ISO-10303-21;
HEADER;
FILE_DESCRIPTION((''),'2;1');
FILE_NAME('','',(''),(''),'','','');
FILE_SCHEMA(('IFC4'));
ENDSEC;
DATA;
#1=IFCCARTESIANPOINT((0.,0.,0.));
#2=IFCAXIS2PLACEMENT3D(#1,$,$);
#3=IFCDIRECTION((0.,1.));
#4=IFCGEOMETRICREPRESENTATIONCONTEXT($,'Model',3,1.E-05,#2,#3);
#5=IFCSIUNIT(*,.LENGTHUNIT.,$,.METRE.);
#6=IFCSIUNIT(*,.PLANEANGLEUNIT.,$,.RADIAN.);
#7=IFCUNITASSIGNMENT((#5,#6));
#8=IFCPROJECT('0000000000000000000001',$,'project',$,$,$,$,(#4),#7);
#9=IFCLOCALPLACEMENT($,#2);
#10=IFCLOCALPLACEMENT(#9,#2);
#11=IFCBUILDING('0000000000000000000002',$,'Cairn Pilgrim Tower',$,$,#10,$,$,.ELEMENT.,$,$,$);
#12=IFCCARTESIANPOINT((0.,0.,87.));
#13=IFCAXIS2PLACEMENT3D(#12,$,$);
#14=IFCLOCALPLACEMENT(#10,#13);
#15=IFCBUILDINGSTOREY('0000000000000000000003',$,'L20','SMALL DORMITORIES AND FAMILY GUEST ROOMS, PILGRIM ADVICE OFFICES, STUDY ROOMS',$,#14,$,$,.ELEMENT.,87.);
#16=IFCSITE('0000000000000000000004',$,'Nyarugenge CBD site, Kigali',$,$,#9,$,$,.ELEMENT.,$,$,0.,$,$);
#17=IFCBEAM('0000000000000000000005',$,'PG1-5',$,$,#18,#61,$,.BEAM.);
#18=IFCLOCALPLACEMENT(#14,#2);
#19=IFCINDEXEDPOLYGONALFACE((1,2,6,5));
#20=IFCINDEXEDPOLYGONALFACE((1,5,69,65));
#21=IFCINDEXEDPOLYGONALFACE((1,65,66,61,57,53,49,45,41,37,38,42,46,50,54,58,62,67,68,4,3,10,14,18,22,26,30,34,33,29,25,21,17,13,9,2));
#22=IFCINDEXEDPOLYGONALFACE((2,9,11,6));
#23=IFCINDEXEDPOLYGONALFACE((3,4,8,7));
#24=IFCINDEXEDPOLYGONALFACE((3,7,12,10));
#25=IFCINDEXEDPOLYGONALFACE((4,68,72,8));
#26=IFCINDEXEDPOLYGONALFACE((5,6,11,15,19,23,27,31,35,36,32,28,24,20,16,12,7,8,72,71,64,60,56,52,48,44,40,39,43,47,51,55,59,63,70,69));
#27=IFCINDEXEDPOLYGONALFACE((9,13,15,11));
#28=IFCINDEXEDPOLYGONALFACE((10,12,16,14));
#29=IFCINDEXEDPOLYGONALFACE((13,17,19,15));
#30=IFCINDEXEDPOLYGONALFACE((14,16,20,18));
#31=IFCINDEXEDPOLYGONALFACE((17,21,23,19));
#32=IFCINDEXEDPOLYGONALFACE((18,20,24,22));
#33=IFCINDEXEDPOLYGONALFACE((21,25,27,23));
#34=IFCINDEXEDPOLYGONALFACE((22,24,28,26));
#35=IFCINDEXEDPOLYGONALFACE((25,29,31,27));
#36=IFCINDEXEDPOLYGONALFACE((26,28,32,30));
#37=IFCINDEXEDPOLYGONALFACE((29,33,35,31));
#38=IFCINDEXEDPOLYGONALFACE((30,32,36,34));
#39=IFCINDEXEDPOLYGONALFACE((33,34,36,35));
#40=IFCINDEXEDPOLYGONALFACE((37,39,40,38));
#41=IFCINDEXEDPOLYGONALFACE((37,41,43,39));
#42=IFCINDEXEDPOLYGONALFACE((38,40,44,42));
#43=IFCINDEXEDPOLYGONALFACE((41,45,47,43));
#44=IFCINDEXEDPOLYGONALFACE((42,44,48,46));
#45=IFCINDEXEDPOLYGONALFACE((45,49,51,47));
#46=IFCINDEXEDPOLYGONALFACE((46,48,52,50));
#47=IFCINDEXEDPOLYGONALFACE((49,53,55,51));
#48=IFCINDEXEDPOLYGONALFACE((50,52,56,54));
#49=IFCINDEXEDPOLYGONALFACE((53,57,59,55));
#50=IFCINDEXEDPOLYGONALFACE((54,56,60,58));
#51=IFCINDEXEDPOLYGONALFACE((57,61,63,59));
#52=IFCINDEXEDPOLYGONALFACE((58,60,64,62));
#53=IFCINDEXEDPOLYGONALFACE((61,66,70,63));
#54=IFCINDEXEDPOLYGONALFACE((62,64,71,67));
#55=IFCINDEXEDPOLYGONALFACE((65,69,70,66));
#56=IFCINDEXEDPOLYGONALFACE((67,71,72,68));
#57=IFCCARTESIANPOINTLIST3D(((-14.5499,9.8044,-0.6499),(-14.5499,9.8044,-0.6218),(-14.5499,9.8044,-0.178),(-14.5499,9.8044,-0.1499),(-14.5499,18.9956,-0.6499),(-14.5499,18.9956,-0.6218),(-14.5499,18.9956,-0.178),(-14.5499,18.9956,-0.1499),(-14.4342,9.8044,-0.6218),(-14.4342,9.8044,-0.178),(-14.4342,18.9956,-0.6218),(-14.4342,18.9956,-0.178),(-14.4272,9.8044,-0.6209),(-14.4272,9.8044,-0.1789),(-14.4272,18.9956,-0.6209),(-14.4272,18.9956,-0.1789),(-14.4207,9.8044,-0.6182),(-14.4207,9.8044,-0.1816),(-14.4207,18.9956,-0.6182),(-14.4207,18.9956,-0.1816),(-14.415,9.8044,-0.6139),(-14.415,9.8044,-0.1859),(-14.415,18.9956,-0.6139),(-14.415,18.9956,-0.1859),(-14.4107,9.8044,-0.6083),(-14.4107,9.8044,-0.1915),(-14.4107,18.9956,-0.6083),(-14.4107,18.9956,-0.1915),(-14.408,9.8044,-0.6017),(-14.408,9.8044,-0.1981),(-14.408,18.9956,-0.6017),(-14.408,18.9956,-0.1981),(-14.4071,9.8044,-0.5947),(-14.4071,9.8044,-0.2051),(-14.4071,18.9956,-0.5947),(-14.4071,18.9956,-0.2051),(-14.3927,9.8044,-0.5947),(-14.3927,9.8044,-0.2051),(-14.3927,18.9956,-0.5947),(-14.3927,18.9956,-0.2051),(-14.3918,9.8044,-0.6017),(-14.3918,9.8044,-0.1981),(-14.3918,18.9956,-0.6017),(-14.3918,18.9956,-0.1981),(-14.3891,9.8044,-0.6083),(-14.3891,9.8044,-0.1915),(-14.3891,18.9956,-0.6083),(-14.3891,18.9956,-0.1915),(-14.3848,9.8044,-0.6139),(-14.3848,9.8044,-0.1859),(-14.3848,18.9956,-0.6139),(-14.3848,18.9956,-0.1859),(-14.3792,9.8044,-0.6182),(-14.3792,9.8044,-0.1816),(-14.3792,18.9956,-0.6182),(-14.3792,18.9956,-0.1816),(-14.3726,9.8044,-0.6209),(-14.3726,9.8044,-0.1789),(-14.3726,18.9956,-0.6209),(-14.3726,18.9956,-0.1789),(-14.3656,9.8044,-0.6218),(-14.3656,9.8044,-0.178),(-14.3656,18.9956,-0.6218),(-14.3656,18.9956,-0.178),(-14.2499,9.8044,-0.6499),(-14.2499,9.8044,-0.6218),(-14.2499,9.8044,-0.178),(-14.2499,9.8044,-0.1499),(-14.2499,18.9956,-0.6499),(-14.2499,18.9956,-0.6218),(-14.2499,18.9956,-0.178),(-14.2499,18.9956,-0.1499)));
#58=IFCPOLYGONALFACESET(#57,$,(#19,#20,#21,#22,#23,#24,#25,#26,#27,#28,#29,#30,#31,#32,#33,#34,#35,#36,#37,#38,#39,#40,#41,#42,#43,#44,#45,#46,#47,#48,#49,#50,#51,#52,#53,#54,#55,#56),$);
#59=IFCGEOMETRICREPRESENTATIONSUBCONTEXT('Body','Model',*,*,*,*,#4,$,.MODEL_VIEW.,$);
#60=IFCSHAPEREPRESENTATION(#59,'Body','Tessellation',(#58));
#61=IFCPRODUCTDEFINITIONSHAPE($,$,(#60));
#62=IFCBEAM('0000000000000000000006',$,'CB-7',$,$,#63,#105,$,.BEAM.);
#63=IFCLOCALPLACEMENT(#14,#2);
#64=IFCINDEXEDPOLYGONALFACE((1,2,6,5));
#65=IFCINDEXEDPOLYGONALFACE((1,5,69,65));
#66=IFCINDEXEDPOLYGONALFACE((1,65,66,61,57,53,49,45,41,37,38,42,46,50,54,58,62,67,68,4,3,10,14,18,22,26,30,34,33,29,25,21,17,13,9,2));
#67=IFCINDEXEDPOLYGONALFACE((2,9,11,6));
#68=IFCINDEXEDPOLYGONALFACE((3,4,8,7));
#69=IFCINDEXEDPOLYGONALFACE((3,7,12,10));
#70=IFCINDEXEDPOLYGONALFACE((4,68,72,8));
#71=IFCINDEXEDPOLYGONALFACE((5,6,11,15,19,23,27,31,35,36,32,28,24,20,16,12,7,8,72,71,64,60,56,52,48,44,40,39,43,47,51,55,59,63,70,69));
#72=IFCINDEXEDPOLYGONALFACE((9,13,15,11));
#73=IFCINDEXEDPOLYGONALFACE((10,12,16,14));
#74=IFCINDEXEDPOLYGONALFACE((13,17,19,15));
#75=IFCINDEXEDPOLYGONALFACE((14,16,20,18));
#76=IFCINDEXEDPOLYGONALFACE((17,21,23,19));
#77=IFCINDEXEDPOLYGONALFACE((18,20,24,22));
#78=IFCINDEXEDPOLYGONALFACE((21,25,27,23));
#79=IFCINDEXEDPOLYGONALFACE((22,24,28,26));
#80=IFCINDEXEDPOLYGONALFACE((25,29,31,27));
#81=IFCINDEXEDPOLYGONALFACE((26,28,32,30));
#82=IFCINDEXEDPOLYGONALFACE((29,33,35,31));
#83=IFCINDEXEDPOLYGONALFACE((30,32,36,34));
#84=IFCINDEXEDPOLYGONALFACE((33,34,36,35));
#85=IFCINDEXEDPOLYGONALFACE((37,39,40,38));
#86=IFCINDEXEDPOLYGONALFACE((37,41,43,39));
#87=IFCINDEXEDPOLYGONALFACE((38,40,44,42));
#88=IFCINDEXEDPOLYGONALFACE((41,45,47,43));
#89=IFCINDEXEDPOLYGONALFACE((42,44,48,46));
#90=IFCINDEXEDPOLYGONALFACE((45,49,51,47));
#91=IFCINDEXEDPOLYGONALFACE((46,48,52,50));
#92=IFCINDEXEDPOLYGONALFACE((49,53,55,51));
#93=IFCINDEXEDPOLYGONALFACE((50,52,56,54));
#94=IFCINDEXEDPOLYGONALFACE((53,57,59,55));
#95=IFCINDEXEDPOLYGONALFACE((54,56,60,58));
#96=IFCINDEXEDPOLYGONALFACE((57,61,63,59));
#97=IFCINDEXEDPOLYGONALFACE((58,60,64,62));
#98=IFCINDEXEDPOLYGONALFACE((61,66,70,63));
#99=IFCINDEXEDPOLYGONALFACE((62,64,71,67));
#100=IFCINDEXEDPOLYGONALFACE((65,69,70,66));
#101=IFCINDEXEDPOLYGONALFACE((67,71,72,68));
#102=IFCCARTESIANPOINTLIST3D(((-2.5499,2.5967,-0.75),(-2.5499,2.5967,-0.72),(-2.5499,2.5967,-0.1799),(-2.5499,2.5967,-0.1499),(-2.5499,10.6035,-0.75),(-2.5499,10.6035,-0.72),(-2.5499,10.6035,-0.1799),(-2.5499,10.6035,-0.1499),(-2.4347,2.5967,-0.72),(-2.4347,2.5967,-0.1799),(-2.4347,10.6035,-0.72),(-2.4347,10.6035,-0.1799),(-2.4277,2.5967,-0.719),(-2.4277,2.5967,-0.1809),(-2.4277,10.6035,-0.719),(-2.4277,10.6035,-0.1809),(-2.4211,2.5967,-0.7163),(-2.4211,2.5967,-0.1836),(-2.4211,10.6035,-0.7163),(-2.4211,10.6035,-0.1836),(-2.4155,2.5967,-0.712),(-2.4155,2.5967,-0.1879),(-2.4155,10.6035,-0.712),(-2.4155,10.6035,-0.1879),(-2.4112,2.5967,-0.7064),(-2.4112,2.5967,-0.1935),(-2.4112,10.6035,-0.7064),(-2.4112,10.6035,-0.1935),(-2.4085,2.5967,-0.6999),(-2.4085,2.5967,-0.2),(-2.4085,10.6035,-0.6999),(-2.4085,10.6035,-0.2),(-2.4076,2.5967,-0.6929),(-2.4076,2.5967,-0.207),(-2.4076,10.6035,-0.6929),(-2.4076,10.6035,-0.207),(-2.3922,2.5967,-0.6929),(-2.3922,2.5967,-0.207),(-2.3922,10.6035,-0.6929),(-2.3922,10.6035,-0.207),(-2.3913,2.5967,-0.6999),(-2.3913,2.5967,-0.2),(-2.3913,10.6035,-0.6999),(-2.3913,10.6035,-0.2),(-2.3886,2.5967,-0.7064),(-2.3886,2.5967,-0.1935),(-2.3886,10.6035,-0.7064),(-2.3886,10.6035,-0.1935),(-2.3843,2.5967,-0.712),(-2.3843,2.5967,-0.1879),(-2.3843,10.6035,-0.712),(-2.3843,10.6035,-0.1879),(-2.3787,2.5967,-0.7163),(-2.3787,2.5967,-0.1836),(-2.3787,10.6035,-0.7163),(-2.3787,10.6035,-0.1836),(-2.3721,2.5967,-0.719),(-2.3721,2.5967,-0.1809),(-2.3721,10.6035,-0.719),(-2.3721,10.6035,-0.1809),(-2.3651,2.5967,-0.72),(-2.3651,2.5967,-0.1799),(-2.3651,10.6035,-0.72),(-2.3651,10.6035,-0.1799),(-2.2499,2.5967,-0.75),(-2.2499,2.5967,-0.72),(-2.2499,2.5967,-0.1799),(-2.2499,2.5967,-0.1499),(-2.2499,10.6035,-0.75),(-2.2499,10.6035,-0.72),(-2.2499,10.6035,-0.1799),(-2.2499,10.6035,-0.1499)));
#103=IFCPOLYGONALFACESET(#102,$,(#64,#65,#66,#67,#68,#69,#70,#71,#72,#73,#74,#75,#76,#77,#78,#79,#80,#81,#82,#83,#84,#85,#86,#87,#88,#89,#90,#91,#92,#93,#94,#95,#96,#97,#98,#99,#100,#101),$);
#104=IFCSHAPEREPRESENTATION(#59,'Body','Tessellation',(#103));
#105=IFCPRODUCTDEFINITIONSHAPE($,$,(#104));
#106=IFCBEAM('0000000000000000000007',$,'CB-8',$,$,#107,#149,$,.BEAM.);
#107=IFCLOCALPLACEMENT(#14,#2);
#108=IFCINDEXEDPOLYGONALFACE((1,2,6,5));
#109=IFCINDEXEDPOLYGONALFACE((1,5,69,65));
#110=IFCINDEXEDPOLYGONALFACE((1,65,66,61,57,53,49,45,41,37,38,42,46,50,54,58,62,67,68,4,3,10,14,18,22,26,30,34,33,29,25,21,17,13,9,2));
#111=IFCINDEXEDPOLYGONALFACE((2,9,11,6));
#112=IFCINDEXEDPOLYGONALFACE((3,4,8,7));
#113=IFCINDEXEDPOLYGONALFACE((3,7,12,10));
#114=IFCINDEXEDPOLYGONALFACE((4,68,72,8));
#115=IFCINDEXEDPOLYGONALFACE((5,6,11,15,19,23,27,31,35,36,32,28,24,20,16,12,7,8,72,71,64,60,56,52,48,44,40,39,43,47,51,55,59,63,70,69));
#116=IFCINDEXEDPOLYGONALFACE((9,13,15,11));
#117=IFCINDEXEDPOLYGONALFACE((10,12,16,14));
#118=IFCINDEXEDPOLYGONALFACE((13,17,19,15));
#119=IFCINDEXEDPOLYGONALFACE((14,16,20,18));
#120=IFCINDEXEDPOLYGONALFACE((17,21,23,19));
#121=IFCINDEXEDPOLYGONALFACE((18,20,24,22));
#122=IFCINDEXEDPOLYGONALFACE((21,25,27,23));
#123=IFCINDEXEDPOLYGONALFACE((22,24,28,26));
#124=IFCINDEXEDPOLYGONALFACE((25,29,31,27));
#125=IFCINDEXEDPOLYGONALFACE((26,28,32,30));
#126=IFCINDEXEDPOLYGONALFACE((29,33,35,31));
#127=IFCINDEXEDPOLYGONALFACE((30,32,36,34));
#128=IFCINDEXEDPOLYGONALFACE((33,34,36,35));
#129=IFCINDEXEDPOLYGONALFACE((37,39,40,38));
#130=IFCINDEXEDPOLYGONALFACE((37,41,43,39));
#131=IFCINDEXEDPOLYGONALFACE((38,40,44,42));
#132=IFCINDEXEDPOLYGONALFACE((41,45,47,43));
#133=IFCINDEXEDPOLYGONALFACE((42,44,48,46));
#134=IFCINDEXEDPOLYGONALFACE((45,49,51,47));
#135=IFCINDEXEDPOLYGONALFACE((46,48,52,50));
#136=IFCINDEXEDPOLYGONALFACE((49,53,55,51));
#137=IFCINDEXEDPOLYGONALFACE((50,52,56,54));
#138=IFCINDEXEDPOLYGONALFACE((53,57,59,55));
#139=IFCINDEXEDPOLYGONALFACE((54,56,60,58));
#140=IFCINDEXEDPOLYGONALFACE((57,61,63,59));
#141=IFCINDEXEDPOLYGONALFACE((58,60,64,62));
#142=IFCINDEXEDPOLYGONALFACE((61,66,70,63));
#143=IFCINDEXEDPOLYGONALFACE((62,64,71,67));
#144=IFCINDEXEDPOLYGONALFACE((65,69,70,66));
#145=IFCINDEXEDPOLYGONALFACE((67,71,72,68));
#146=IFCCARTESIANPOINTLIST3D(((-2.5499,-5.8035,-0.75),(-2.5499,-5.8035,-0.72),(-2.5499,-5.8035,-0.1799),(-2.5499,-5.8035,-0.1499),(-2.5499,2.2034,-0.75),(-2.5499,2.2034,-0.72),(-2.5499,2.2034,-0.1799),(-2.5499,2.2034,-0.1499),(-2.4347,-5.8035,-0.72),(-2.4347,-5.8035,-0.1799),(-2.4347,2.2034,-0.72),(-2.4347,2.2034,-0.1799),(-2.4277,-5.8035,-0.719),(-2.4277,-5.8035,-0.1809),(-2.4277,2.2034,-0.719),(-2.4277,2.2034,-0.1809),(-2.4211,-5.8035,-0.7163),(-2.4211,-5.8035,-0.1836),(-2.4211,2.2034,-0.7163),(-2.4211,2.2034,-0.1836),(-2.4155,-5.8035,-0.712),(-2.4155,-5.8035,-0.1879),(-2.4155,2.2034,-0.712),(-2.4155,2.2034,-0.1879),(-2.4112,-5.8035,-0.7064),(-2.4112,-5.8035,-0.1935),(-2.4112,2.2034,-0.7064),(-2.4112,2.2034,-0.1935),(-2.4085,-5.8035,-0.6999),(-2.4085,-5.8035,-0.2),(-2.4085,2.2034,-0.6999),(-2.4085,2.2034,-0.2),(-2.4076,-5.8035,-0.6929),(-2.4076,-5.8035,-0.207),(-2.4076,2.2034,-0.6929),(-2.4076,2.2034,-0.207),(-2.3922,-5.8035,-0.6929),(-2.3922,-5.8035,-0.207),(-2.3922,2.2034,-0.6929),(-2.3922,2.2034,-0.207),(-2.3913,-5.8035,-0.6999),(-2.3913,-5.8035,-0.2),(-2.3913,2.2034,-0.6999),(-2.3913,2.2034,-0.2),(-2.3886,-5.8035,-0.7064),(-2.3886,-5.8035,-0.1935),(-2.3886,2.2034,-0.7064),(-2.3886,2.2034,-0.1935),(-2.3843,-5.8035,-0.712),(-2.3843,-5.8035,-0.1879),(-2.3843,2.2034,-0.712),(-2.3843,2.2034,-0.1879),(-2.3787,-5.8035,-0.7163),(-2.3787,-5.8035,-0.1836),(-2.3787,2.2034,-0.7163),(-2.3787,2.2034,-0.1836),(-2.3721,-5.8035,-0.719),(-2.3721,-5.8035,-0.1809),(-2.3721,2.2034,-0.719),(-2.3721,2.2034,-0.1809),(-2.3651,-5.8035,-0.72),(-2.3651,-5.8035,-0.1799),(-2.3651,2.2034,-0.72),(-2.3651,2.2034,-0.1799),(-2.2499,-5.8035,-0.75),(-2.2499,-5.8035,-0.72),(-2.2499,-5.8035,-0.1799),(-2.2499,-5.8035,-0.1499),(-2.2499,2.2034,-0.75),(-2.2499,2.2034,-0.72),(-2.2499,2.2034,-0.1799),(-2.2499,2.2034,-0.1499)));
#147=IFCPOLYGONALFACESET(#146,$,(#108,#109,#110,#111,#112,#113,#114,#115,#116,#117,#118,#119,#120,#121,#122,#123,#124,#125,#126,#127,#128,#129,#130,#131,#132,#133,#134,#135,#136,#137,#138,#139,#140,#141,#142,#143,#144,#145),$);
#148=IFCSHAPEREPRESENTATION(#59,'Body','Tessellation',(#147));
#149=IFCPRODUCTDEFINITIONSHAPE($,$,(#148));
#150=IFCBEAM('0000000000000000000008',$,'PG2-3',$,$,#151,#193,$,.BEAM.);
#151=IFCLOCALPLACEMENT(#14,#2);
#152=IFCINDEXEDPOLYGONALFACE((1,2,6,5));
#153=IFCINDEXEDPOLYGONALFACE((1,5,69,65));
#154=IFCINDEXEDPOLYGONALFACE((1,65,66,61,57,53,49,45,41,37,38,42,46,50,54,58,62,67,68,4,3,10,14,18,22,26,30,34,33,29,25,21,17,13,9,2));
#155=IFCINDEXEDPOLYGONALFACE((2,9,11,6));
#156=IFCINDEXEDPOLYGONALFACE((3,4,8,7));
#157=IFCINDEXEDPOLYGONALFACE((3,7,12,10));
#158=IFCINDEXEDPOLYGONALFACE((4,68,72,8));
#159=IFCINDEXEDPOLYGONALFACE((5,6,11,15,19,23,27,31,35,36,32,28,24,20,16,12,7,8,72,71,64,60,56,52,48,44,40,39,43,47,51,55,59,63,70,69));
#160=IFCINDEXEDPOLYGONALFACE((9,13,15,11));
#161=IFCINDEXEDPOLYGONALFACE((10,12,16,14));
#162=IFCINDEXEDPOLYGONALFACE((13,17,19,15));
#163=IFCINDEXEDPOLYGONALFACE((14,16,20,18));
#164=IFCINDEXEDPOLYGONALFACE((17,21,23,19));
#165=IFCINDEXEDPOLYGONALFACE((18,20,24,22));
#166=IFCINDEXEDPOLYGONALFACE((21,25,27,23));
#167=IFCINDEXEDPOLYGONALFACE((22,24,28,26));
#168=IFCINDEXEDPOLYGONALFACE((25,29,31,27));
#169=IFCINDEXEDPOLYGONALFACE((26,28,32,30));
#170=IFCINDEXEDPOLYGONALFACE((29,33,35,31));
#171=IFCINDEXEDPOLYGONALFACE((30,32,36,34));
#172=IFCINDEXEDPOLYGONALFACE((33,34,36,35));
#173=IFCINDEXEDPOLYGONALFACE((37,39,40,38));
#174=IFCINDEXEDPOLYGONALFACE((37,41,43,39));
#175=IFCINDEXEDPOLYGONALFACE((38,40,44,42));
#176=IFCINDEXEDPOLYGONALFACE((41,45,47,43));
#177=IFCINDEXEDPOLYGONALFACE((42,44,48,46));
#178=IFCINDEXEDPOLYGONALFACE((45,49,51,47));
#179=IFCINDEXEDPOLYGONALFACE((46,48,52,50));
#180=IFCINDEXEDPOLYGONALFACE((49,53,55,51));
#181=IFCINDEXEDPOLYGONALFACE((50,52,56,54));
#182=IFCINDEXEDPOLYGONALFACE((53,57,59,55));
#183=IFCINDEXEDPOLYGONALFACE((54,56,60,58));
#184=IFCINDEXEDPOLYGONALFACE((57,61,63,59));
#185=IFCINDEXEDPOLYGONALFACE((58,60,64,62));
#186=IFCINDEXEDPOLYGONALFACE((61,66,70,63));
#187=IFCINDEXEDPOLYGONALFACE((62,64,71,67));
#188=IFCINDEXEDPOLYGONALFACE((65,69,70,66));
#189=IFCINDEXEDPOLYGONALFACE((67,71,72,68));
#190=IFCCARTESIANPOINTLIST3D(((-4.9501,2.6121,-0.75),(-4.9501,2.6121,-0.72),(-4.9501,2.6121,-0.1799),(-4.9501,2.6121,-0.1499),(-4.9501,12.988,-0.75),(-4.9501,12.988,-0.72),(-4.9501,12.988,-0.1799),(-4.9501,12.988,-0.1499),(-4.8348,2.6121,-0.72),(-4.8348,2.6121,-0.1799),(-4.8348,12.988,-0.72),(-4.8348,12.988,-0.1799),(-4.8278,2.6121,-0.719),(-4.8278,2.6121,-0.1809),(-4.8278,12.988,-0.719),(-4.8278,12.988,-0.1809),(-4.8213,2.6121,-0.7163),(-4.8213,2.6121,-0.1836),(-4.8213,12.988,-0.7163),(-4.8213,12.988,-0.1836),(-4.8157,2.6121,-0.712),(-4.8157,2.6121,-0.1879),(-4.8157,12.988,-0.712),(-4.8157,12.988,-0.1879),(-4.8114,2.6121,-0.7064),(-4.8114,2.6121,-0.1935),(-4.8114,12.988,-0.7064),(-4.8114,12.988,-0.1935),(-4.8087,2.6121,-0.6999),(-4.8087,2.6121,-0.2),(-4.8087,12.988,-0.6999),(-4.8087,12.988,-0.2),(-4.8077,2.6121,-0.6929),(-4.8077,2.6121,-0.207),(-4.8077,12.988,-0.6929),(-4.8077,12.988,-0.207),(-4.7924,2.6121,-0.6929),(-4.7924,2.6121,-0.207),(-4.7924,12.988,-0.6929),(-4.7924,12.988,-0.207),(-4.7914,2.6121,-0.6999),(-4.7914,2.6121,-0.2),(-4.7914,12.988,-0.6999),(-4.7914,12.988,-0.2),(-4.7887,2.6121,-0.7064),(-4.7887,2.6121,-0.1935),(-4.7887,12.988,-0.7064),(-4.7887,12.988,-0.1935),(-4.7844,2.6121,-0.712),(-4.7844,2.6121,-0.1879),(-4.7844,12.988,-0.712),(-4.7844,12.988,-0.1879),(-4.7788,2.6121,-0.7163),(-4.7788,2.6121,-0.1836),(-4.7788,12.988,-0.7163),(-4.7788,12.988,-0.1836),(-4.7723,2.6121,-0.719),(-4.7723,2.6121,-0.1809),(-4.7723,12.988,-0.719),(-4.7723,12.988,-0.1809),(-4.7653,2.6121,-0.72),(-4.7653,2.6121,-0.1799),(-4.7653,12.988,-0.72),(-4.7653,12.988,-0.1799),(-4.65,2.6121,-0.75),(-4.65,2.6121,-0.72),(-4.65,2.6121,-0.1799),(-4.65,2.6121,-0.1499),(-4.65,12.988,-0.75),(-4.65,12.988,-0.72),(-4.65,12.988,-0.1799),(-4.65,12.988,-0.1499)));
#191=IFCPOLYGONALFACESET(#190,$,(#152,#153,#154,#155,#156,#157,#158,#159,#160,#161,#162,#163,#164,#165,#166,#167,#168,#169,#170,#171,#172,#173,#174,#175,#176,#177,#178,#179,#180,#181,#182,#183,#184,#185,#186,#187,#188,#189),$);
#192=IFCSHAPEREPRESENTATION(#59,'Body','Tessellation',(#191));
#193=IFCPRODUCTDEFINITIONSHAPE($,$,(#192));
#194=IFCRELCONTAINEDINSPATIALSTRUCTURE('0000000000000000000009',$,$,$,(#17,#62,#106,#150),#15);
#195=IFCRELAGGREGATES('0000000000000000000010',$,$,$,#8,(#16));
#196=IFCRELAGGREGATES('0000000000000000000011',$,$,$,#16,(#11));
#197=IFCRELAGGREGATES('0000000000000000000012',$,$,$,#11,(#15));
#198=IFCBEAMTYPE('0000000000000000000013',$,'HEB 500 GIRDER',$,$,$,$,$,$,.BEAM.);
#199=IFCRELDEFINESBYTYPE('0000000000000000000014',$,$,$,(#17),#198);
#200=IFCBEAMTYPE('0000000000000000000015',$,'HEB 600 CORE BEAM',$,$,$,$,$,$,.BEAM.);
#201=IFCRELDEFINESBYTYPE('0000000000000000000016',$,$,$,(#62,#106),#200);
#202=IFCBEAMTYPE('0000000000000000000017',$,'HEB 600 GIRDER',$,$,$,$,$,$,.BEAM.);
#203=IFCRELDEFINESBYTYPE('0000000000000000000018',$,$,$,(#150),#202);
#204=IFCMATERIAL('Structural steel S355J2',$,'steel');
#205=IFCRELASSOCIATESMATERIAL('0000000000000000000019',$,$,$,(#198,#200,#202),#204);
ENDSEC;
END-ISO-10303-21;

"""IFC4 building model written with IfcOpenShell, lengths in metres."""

from ifc_helpers import new_model, si_unit, direction, frame, origin, origin_2d, place, context, subcontext, project, spatial, i_section, extrude, material, material_profile, profile_set, type_object, element, save


model = new_model("IFC4")

# Units and contexts
model_context = context("Model", 3, precision=1e-05, world=origin(), true_north=direction((0.0, 1.0)))
body_context = subcontext(model_context, "Body", "Model", "MODEL_VIEW")
ifc_project = project(units=[si_unit("LENGTHUNIT", "METRE"), si_unit("PLANEANGLEUNIT", "RADIAN")], contexts=[model_context])

# Site, building, storey
site_placement = place(None, origin())
site = spatial("IfcSite", under=ifc_project, at=site_placement, Name="Nyarugenge CBD site, Kigali", CompositionType="ELEMENT", RefElevation=0.0)
building_placement = place(site_placement, origin())
building = spatial("IfcBuilding", under=site, at=building_placement, Name="Cairn Pilgrim Tower", CompositionType="ELEMENT")
storey_placement = place(building_placement, frame((0.0, 0.0, 87.0)))
storey = spatial("IfcBuildingStorey", under=building, at=storey_placement, Name="L20", Description="SMALL DORMITORIES AND FAMILY GUEST ROOMS, PILGRIM ADVICE OFFICES, STUDY ROOMS", CompositionType="ELEMENT", Elevation=87.0)

# Beams
ifc_material_1 = material(Name="Structural steel S355J2", Category="steel")
ifc_material_profile_1 = material_profile(ifc_material_1, i_section(OverallWidth=0.3, OverallDepth=0.5, WebThickness=0.0144, FlangeThickness=0.0281, FilletRadius=0.0271, at=origin_2d()), Name="HEB 500")
ifc_profile_set_1 = profile_set([ifc_material_profile_1], Name="Structural steel S355J2")
beam_type_1 = type_object("IfcBeamType", Name="HEB 500 GIRDER", PredefinedType="BEAM", material=ifc_profile_set_1)
beam_1_placement = place(storey_placement, frame((-14.3999, 9.8044, -0.3999), z_axis=(0.0, 1.0, 0.0), x_axis=(-1.0, 0.0, 0.0)))
element("IfcBeam", 1, at=beam_1_placement, inside=storey, type_object=beam_type_1, Name="PG1-5", PredefinedType="BEAM", context=body_context, shape_type="SweptSolid", body=[
    extrude(i_section(OverallWidth=0.3, OverallDepth=0.5, WebThickness=0.0144, FlangeThickness=0.0281, FilletRadius=0.0271, at=origin_2d()), origin(), (0.0, 0.0, 1.0), 9.1912),
])
ifc_material_profile_2 = material_profile(ifc_material_1, i_section(OverallWidth=0.3, OverallDepth=0.6001, WebThickness=0.0154, FlangeThickness=0.03, FilletRadius=0.0271, at=origin_2d()), Name="HEB 600")
ifc_profile_set_2 = profile_set([ifc_material_profile_2], Name="Structural steel S355J2")
beam_type_2 = type_object("IfcBeamType", Name="HEB 600 CORE BEAM", PredefinedType="BEAM", material=ifc_profile_set_2)
for number, where, z_axis, x_axis, name in (
    (2, (-2.3999, 10.6035, -0.45), (0.0, -1.0, 0.0), (1.0, 0.0, 0.0), "CB-7"),
    (3, (-2.3999, 2.2034, -0.45), (0.0, -1.0, 0.0), (1.0, 0.0, 0.0), "CB-8"),
):
    element("IfcBeam", number, at=place(storey_placement, frame(where, z_axis=z_axis, x_axis=x_axis)), inside=storey, type_object=beam_type_2, Name=name, PredefinedType="BEAM", context=body_context, shape_type="SweptSolid", body=[
        extrude(i_section(OverallWidth=0.3, OverallDepth=0.6001, WebThickness=0.0154, FlangeThickness=0.03, FilletRadius=0.0271, at=origin_2d()), origin(), (0.0, 0.0, 1.0), 8.0068),
    ])
ifc_material_profile_3 = material_profile(ifc_material_1, i_section(OverallWidth=0.3, OverallDepth=0.6001, WebThickness=0.0154, FlangeThickness=0.03, FilletRadius=0.0271, at=origin_2d()), Name="HEB 600")
ifc_profile_set_3 = profile_set([ifc_material_profile_3], Name="Structural steel S355J2")
beam_type_3 = type_object("IfcBeamType", Name="HEB 600 GIRDER", PredefinedType="BEAM", material=ifc_profile_set_3)
beam_2_placement = place(storey_placement, frame((-4.8, 2.6121, -0.45), z_axis=(0.0, 1.0, 0.0), x_axis=(-1.0, 0.0, 0.0)))
element("IfcBeam", 4, at=beam_2_placement, inside=storey, type_object=beam_type_3, Name="PG2-3", PredefinedType="BEAM", context=body_context, shape_type="SweptSolid", body=[
    extrude(i_section(OverallWidth=0.3, OverallDepth=0.6001, WebThickness=0.0154, FlangeThickness=0.03, FilletRadius=0.0271, at=origin_2d()), origin(), (0.0, 0.0, 1.0), 10.376),
])

save(model, "model.ifc")
